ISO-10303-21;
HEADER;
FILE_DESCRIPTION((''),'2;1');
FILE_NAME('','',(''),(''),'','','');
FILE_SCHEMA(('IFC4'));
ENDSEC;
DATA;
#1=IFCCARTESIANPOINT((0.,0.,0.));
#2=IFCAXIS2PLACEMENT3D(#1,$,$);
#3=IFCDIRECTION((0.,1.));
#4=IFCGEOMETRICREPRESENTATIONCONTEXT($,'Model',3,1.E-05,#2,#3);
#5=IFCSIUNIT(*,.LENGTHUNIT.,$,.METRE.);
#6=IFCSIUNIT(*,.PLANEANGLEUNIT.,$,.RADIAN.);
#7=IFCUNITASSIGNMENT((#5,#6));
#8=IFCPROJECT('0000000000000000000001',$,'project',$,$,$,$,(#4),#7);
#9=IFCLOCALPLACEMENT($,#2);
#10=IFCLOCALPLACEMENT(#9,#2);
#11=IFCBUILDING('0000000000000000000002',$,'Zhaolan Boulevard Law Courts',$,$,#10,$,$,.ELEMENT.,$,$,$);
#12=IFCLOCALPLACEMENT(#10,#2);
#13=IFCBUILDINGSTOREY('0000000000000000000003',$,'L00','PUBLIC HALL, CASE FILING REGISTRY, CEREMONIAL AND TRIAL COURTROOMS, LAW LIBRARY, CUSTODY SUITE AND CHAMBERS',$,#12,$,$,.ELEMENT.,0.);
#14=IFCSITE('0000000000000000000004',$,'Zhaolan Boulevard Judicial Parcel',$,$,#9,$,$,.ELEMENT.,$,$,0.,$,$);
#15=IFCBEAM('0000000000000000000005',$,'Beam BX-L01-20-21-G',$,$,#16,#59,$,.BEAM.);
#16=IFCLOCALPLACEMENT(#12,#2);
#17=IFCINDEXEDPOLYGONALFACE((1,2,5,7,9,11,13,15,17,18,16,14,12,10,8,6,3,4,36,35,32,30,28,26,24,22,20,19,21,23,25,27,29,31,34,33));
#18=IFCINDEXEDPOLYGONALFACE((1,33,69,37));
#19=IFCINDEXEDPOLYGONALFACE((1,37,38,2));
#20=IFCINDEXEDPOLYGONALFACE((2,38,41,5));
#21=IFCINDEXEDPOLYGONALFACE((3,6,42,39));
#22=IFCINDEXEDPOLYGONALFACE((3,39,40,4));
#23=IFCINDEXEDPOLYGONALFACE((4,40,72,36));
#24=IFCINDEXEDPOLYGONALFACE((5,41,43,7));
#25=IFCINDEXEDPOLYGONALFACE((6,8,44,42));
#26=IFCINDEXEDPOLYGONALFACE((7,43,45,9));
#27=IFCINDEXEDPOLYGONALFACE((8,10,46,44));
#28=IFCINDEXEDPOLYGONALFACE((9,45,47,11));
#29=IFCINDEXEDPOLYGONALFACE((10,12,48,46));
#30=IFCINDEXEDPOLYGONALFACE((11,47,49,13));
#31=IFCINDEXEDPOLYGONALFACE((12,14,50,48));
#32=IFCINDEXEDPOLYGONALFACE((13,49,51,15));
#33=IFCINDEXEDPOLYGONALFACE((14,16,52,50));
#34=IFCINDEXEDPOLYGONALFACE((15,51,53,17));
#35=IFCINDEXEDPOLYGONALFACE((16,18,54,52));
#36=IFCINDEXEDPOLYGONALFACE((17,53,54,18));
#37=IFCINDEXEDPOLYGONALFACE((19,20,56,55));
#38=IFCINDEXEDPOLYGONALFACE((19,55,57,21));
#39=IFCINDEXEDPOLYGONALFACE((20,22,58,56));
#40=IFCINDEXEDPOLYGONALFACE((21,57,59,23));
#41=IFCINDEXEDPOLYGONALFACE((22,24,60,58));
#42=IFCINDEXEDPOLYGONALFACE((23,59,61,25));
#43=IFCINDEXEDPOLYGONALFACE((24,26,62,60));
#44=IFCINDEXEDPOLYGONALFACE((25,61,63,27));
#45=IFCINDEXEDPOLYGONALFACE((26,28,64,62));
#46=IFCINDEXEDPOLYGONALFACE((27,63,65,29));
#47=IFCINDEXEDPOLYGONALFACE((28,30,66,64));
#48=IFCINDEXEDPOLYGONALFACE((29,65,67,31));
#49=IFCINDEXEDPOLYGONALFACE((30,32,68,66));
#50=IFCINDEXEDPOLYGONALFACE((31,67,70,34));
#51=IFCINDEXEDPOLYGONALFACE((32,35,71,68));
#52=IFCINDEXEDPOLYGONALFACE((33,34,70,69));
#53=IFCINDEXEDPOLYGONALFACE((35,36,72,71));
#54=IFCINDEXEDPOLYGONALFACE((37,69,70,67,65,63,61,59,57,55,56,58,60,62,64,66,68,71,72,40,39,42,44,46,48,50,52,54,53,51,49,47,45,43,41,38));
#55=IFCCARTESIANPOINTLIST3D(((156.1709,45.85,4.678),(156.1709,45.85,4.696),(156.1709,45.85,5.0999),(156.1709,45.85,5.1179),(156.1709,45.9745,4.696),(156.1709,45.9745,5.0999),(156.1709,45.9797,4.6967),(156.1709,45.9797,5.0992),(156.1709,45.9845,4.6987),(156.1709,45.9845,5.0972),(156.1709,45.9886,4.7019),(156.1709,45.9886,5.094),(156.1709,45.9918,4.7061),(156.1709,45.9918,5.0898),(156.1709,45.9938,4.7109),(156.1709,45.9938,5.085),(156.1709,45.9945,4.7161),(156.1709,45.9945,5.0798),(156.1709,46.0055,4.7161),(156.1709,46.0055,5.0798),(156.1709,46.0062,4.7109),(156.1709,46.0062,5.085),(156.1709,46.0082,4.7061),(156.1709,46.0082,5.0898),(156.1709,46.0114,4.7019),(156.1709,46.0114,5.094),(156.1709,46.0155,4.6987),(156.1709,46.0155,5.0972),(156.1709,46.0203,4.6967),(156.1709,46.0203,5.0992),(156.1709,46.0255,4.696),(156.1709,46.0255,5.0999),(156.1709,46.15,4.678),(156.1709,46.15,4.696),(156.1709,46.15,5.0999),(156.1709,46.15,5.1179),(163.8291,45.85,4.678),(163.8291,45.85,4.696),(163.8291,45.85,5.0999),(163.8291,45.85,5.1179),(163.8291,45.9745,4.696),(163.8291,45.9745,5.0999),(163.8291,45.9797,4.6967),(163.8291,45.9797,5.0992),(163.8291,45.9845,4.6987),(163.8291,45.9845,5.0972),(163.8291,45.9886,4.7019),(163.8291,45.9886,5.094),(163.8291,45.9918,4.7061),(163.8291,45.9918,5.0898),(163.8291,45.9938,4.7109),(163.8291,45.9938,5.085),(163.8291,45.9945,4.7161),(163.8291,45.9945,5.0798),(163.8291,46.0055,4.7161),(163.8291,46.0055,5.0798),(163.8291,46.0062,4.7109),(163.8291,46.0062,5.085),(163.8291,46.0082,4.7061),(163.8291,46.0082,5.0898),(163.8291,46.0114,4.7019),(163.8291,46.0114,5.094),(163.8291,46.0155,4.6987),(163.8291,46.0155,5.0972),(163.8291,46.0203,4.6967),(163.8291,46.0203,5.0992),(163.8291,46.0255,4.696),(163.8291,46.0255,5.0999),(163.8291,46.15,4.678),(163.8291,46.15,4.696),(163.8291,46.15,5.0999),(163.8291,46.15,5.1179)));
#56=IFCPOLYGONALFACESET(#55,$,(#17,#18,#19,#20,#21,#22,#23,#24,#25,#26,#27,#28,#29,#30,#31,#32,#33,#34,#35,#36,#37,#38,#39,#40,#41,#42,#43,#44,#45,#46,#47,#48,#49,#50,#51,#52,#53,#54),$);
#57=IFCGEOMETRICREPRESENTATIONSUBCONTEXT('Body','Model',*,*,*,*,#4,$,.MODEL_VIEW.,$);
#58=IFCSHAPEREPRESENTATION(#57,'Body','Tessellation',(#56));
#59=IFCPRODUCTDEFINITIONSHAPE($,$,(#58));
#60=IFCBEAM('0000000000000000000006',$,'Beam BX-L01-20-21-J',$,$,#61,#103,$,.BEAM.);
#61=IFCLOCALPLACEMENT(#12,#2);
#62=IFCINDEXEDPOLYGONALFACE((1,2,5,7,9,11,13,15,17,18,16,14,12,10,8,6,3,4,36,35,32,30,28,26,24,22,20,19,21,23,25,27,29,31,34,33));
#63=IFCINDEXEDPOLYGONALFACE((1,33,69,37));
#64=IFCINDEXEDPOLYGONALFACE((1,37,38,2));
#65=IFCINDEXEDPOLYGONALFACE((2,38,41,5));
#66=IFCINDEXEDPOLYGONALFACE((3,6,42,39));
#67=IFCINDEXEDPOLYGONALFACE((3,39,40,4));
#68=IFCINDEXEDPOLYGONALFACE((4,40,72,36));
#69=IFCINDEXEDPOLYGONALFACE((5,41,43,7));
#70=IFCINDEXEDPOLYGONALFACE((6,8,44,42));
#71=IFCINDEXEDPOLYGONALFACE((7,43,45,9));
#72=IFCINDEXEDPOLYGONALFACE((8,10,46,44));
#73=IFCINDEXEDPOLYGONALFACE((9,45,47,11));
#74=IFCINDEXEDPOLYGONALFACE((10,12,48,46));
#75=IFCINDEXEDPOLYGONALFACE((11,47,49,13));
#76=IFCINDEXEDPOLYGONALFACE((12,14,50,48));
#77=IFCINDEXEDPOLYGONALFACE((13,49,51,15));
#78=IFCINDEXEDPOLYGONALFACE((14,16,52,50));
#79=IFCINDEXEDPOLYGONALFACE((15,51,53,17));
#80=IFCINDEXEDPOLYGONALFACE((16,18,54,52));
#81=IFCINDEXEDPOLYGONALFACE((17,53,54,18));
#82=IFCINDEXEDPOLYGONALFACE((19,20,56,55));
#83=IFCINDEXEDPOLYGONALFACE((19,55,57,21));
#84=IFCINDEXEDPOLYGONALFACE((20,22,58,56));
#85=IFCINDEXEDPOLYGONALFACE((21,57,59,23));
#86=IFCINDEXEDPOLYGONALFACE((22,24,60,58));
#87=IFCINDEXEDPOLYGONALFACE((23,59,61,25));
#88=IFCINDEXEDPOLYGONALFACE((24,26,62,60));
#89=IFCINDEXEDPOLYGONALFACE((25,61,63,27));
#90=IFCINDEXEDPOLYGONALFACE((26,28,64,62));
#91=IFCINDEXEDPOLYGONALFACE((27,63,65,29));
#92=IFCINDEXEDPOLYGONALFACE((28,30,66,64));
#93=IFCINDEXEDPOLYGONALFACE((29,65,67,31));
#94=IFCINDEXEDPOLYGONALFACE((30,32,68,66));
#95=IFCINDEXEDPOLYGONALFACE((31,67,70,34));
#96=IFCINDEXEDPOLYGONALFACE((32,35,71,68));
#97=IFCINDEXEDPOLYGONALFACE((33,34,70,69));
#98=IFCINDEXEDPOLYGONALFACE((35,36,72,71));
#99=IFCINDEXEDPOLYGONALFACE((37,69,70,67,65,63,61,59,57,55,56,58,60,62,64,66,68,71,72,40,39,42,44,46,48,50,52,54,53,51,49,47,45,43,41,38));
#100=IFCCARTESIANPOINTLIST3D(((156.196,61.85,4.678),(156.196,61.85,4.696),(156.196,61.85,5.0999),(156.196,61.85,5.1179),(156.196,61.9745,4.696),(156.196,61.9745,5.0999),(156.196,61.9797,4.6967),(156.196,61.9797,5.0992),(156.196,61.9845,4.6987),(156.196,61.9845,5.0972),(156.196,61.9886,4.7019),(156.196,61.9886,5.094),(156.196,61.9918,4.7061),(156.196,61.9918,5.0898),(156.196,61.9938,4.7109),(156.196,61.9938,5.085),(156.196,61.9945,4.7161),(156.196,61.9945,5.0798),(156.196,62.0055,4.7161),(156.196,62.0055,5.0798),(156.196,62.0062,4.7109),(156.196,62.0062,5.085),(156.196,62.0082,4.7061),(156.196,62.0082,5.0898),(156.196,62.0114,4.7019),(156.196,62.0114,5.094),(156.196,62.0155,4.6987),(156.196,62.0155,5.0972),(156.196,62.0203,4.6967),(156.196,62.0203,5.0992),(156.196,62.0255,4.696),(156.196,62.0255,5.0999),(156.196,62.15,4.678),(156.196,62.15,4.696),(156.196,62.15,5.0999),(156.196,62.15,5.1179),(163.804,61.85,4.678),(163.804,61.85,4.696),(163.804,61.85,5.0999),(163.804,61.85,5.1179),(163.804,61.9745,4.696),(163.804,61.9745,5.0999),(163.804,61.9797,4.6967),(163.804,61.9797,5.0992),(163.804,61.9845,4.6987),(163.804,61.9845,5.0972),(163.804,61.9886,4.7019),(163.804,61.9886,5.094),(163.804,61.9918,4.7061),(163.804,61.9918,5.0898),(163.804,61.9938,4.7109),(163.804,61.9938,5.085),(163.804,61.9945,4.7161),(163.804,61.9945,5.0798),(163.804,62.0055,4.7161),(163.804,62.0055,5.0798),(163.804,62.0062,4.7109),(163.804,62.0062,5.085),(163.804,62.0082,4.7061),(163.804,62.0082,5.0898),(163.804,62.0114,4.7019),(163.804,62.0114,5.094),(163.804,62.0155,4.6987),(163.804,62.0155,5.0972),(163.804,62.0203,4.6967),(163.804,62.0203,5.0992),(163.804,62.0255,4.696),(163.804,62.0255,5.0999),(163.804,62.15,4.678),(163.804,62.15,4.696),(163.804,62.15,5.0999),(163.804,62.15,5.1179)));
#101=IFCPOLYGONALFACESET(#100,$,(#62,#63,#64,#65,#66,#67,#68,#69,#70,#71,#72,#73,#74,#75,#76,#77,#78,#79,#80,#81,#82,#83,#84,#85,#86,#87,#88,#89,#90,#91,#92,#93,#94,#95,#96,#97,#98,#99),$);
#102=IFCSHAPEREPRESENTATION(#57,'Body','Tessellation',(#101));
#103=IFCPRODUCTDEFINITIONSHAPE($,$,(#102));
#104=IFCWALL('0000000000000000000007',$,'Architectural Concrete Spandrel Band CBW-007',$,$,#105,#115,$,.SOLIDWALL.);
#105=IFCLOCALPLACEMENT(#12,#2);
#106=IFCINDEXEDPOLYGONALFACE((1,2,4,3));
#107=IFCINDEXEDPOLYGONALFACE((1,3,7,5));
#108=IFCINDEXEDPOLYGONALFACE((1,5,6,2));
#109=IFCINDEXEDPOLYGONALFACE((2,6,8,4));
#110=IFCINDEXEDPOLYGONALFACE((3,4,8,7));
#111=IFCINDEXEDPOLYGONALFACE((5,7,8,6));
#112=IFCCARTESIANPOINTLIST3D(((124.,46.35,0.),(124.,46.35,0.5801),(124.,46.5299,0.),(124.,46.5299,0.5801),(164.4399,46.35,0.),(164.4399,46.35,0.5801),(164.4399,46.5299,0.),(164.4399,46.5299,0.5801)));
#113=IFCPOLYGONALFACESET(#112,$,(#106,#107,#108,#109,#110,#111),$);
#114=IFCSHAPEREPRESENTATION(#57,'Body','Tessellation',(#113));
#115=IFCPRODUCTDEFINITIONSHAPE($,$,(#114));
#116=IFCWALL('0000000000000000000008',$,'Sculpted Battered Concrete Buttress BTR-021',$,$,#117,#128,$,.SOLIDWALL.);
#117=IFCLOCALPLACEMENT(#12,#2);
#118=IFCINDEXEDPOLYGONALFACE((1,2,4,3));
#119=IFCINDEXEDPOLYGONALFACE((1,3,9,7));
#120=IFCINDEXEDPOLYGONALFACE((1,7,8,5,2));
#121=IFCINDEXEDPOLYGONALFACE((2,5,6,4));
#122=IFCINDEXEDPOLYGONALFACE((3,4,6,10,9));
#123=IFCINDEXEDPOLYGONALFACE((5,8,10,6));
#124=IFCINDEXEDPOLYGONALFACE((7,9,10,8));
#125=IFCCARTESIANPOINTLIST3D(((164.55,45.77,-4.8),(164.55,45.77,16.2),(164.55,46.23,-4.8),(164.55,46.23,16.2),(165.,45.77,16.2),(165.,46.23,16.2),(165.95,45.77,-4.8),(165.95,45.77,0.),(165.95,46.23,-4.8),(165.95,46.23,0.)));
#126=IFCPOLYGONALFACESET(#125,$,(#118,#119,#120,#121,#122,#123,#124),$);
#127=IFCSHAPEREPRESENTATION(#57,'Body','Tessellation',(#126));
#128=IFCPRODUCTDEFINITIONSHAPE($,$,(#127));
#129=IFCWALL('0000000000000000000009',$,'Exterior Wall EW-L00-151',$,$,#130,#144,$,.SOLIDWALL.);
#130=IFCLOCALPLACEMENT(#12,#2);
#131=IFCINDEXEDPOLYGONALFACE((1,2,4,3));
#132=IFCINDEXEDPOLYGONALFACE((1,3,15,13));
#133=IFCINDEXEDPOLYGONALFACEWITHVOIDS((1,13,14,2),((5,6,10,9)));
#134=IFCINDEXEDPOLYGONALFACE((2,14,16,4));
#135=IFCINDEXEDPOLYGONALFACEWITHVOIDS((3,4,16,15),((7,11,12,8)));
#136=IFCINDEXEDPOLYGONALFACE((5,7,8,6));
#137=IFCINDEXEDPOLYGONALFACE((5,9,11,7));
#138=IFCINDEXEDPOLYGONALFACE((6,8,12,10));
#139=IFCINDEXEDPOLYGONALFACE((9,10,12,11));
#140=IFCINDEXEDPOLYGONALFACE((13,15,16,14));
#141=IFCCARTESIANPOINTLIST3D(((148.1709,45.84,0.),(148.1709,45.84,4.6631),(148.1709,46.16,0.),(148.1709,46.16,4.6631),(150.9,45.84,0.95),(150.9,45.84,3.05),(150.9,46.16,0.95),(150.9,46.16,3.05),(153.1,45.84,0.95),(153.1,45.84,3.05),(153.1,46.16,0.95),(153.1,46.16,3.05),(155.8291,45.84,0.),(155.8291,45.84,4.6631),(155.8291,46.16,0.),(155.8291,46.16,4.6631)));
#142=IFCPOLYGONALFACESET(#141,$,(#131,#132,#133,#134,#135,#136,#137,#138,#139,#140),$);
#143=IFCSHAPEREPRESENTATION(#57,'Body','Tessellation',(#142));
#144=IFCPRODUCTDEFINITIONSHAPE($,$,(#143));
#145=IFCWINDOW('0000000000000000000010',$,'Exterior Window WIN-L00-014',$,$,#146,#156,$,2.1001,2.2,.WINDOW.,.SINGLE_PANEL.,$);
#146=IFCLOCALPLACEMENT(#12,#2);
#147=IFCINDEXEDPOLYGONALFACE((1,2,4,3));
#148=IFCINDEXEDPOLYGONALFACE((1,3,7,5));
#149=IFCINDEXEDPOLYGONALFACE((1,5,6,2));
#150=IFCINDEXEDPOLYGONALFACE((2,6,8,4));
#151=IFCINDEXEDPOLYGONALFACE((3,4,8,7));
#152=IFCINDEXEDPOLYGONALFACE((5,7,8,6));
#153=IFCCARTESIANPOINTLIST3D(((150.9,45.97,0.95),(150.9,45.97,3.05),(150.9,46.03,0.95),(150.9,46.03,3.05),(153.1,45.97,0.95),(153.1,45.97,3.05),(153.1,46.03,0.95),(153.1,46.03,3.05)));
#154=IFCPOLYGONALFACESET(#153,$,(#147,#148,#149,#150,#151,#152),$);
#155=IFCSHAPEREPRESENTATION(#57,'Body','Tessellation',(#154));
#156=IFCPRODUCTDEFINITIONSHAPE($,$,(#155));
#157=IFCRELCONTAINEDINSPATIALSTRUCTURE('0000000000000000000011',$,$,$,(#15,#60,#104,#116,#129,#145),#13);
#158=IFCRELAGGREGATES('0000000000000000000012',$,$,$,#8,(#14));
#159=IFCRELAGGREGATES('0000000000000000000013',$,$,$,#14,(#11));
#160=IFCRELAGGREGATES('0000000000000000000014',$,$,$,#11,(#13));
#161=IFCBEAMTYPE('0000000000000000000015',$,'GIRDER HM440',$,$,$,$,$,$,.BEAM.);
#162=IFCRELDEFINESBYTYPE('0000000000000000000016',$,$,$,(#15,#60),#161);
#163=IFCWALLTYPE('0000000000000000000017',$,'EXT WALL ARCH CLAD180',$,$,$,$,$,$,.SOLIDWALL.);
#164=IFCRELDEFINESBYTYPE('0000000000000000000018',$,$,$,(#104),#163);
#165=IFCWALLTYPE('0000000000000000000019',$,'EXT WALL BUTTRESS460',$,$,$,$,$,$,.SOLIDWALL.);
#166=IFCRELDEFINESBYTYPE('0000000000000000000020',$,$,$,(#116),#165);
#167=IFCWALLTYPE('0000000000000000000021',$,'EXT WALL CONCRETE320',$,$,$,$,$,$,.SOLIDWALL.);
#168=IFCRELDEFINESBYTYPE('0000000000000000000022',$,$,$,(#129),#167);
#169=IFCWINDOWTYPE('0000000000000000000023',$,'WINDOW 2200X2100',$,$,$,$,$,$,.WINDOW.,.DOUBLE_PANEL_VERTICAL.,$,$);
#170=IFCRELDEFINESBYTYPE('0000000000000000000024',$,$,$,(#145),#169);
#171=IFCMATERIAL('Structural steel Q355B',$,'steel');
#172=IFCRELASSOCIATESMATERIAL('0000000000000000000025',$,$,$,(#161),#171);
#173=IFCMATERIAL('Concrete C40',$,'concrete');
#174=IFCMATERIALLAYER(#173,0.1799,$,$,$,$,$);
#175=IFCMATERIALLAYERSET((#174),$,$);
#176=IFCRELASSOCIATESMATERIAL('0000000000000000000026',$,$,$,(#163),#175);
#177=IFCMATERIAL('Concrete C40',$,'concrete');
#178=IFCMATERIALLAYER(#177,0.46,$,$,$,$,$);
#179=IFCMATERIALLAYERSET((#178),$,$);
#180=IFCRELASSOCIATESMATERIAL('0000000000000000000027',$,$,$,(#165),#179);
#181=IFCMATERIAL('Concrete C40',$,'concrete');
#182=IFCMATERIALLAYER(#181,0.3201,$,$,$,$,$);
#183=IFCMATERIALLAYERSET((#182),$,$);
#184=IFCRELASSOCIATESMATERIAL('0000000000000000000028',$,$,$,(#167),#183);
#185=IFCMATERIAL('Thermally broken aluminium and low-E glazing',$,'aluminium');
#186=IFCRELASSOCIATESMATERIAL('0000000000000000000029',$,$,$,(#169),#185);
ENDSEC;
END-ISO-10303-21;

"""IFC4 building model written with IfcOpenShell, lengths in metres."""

from ifc_helpers import new_model, si_unit, direction, frame, frame_2d, origin, origin_2d, place, context, subcontext, project, spatial, polyline, rectangle, i_section, outline, extrude, material, layer, layer_set, material_profile, profile_set, type_object, element, fill, save


model = new_model("IFC4")

# Units and contexts
model_context = context("Model", 3, precision=1e-05, world=origin(), true_north=direction((0.0, 1.0)))
body_context = subcontext(model_context, "Body", "Model", "MODEL_VIEW")
ifc_project = project(units=[si_unit("LENGTHUNIT", "METRE"), si_unit("PLANEANGLEUNIT", "RADIAN")], contexts=[model_context])

# Site, building, storey
site_placement = place(None, origin())
site = spatial("IfcSite", under=ifc_project, at=site_placement, Name="Zhaolan Boulevard Judicial Parcel", CompositionType="ELEMENT", RefElevation=0.0)
building_placement = place(site_placement, origin())
building = spatial("IfcBuilding", under=site, at=building_placement, Name="Zhaolan Boulevard Law Courts", CompositionType="ELEMENT")
storey_placement = place(building_placement, origin())
storey = spatial("IfcBuildingStorey", under=building, at=storey_placement, Name="L00", Description="PUBLIC HALL, CASE FILING REGISTRY, CEREMONIAL AND TRIAL COURTROOMS, LAW LIBRARY, CUSTODY SUITE AND CHAMBERS", CompositionType="ELEMENT", Elevation=0.0)

# Beams
ifc_material_1 = material(Name="Structural steel Q355B", Category="steel")
ifc_material_profile_1 = material_profile(ifc_material_1, i_section(OverallWidth=0.3, OverallDepth=0.4399, WebThickness=0.011, FlangeThickness=0.0181, FilletRadius=0.02, at=origin_2d()), Name="HM440x300")
ifc_profile_set_1 = profile_set([ifc_material_profile_1], Name="Structural steel Q355B")
beam_type = type_object("IfcBeamType", Name="GIRDER HM440", PredefinedType="BEAM", material=ifc_profile_set_1)
beam_1_placement = place(storey_placement, frame((156.1709, 46.0, 4.8979), z_axis=(1.0, 0.0, 0.0), x_axis=(0.0, 1.0, 0.0)))
element("IfcBeam", 1, at=beam_1_placement, inside=storey, type_object=beam_type, Name="Beam BX-L01-20-21-G", PredefinedType="BEAM", context=body_context, shape_type="SweptSolid", body=[
    extrude(i_section(OverallWidth=0.3, OverallDepth=0.4399, WebThickness=0.011, FlangeThickness=0.0181, FilletRadius=0.02, at=origin_2d()), origin(), (0.0, 0.0, 1.0), 7.6582),
])
beam_2_placement = place(storey_placement, frame((156.196, 62.0, 4.8979), z_axis=(1.0, 0.0, 0.0), x_axis=(0.0, 1.0, 0.0)))
element("IfcBeam", 2, at=beam_2_placement, inside=storey, type_object=beam_type, Name="Beam BX-L01-20-21-J", PredefinedType="BEAM", context=body_context, shape_type="SweptSolid", body=[
    extrude(i_section(OverallWidth=0.3, OverallDepth=0.4399, WebThickness=0.011, FlangeThickness=0.0181, FilletRadius=0.02, at=origin_2d()), origin(), (0.0, 0.0, 1.0), 7.6079),
])

# Walls
ifc_material_2 = material(Name="Concrete C40", Category="concrete")
ifc_layer_1 = layer(ifc_material_2, 0.1799)
ifc_layer_set_1 = layer_set([ifc_layer_1])
wall_type_1 = type_object("IfcWallType", Name="EXT WALL ARCH CLAD180", PredefinedType="SOLIDWALL", material=ifc_layer_set_1)
wall_1_placement = place(storey_placement, frame((164.4399, 46.4399, 0.0), z_axis=(0.0, 0.0, 1.0), x_axis=(-1.0, 0.0, 0.0)))
element("IfcWall", 3, at=wall_1_placement, inside=storey, type_object=wall_type_1, Name="Architectural Concrete Spandrel Band CBW-007", PredefinedType="SOLIDWALL", context=body_context, shape_type="SweptSolid", body=[
    extrude(rectangle(XDim=40.4399, YDim=0.1799, at=frame_2d((20.22, 0.0))), origin(), (0.0, 0.0, 1.0), 0.5801),
])
ifc_material_3 = material(Name="Concrete C40", Category="concrete")
ifc_layer_2 = layer(ifc_material_3, 0.46)
ifc_layer_set_2 = layer_set([ifc_layer_2])
wall_type_2 = type_object("IfcWallType", Name="EXT WALL BUTTRESS460", PredefinedType="SOLIDWALL", material=ifc_layer_set_2)
wall_2_placement = place(storey_placement, frame((164.55, 46.0, -4.8), z_axis=(0.0, 0.0, 1.0), x_axis=(1.0, 0.0, 0.0)))
element("IfcWall", 4, at=wall_2_placement, inside=storey, type_object=wall_type_2, Name="Sculpted Battered Concrete Buttress BTR-021", PredefinedType="SOLIDWALL", context=body_context, shape_type="SweptSolid", body=[
    extrude(outline(polyline([(0.0, 0.0), (1.3999, 0.0), (1.3999, 4.8), (0.45, 21.0), (0.0, 21.0), (0.0, 0.0)])), frame((0.0, 0.23, 0.0), z_axis=(0.0, -1.0, 0.0), x_axis=(1.0, 0.0, 0.0)), (0.0, 0.0, 1.0), 0.46),
])

# Wall, opening, window
ifc_material_4 = material(Name="Concrete C40", Category="concrete")
ifc_layer_3 = layer(ifc_material_4, 0.3201)
ifc_layer_set_3 = layer_set([ifc_layer_3])
wall_type_3 = type_object("IfcWallType", Name="EXT WALL CONCRETE320", PredefinedType="SOLIDWALL", material=ifc_layer_set_3)
wall_3_placement = place(storey_placement, frame((155.8291, 46.0, 0.0), z_axis=(0.0, 0.0, 1.0), x_axis=(-1.0, 0.0, 0.0)))
wall_3 = element("IfcWall", 5, at=wall_3_placement, inside=storey, type_object=wall_type_3, Name="Exterior Wall EW-L00-151", PredefinedType="SOLIDWALL", context=body_context, shape_type="SweptSolid", body=[
    extrude(rectangle(XDim=7.6582, YDim=0.3201, at=frame_2d((3.8291, 0.0))), origin(), (0.0, 0.0, 1.0), 4.6631),
])
opening_1_placement = place(wall_3_placement, frame((2.729, 0.0, 0.95)))
opening_1 = element("IfcOpeningElement", 6, at=opening_1_placement, cuts=wall_3, PredefinedType="OPENING", context=body_context, shape_type="SweptSolid", body=[
    extrude(rectangle(XDim=2.2, YDim=2.1001, at=frame_2d((1.1001, 1.05))), frame((0.0, 0.1699, 0.0), z_axis=(0.0, -1.0, 0.0), x_axis=(1.0, 0.0, 0.0)), (0.0, 0.0, 1.0), 0.3401),
])
ifc_material_5 = material(Name="Thermally broken aluminium and low-E glazing", Category="aluminium")
window_type_1 = type_object("IfcWindowType", Name="WINDOW 2200X2100", PartitioningType="DOUBLE_PANEL_VERTICAL", PredefinedType="WINDOW", material=ifc_material_5)
window_1_placement = place(opening_1_placement, origin())
window_1 = element("IfcWindow", 7, at=window_1_placement, inside=storey, type_object=window_type_1, Name="Exterior Window WIN-L00-014", OverallHeight=2.1001, OverallWidth=2.2, PartitioningType="SINGLE_PANEL", PredefinedType="WINDOW", context=body_context, shape_type="SweptSolid", body=[
    extrude(rectangle(XDim=2.2, YDim=2.1001, at=frame_2d((1.1001, 1.05))), frame((0.0, 0.03, 0.0), z_axis=(0.0, -1.0, 0.0), x_axis=(1.0, 0.0, 0.0)), (0.0, 0.0, 1.0), 0.0601),
])
fill(opening_1, window_1)

save(model, "model.ifc")
